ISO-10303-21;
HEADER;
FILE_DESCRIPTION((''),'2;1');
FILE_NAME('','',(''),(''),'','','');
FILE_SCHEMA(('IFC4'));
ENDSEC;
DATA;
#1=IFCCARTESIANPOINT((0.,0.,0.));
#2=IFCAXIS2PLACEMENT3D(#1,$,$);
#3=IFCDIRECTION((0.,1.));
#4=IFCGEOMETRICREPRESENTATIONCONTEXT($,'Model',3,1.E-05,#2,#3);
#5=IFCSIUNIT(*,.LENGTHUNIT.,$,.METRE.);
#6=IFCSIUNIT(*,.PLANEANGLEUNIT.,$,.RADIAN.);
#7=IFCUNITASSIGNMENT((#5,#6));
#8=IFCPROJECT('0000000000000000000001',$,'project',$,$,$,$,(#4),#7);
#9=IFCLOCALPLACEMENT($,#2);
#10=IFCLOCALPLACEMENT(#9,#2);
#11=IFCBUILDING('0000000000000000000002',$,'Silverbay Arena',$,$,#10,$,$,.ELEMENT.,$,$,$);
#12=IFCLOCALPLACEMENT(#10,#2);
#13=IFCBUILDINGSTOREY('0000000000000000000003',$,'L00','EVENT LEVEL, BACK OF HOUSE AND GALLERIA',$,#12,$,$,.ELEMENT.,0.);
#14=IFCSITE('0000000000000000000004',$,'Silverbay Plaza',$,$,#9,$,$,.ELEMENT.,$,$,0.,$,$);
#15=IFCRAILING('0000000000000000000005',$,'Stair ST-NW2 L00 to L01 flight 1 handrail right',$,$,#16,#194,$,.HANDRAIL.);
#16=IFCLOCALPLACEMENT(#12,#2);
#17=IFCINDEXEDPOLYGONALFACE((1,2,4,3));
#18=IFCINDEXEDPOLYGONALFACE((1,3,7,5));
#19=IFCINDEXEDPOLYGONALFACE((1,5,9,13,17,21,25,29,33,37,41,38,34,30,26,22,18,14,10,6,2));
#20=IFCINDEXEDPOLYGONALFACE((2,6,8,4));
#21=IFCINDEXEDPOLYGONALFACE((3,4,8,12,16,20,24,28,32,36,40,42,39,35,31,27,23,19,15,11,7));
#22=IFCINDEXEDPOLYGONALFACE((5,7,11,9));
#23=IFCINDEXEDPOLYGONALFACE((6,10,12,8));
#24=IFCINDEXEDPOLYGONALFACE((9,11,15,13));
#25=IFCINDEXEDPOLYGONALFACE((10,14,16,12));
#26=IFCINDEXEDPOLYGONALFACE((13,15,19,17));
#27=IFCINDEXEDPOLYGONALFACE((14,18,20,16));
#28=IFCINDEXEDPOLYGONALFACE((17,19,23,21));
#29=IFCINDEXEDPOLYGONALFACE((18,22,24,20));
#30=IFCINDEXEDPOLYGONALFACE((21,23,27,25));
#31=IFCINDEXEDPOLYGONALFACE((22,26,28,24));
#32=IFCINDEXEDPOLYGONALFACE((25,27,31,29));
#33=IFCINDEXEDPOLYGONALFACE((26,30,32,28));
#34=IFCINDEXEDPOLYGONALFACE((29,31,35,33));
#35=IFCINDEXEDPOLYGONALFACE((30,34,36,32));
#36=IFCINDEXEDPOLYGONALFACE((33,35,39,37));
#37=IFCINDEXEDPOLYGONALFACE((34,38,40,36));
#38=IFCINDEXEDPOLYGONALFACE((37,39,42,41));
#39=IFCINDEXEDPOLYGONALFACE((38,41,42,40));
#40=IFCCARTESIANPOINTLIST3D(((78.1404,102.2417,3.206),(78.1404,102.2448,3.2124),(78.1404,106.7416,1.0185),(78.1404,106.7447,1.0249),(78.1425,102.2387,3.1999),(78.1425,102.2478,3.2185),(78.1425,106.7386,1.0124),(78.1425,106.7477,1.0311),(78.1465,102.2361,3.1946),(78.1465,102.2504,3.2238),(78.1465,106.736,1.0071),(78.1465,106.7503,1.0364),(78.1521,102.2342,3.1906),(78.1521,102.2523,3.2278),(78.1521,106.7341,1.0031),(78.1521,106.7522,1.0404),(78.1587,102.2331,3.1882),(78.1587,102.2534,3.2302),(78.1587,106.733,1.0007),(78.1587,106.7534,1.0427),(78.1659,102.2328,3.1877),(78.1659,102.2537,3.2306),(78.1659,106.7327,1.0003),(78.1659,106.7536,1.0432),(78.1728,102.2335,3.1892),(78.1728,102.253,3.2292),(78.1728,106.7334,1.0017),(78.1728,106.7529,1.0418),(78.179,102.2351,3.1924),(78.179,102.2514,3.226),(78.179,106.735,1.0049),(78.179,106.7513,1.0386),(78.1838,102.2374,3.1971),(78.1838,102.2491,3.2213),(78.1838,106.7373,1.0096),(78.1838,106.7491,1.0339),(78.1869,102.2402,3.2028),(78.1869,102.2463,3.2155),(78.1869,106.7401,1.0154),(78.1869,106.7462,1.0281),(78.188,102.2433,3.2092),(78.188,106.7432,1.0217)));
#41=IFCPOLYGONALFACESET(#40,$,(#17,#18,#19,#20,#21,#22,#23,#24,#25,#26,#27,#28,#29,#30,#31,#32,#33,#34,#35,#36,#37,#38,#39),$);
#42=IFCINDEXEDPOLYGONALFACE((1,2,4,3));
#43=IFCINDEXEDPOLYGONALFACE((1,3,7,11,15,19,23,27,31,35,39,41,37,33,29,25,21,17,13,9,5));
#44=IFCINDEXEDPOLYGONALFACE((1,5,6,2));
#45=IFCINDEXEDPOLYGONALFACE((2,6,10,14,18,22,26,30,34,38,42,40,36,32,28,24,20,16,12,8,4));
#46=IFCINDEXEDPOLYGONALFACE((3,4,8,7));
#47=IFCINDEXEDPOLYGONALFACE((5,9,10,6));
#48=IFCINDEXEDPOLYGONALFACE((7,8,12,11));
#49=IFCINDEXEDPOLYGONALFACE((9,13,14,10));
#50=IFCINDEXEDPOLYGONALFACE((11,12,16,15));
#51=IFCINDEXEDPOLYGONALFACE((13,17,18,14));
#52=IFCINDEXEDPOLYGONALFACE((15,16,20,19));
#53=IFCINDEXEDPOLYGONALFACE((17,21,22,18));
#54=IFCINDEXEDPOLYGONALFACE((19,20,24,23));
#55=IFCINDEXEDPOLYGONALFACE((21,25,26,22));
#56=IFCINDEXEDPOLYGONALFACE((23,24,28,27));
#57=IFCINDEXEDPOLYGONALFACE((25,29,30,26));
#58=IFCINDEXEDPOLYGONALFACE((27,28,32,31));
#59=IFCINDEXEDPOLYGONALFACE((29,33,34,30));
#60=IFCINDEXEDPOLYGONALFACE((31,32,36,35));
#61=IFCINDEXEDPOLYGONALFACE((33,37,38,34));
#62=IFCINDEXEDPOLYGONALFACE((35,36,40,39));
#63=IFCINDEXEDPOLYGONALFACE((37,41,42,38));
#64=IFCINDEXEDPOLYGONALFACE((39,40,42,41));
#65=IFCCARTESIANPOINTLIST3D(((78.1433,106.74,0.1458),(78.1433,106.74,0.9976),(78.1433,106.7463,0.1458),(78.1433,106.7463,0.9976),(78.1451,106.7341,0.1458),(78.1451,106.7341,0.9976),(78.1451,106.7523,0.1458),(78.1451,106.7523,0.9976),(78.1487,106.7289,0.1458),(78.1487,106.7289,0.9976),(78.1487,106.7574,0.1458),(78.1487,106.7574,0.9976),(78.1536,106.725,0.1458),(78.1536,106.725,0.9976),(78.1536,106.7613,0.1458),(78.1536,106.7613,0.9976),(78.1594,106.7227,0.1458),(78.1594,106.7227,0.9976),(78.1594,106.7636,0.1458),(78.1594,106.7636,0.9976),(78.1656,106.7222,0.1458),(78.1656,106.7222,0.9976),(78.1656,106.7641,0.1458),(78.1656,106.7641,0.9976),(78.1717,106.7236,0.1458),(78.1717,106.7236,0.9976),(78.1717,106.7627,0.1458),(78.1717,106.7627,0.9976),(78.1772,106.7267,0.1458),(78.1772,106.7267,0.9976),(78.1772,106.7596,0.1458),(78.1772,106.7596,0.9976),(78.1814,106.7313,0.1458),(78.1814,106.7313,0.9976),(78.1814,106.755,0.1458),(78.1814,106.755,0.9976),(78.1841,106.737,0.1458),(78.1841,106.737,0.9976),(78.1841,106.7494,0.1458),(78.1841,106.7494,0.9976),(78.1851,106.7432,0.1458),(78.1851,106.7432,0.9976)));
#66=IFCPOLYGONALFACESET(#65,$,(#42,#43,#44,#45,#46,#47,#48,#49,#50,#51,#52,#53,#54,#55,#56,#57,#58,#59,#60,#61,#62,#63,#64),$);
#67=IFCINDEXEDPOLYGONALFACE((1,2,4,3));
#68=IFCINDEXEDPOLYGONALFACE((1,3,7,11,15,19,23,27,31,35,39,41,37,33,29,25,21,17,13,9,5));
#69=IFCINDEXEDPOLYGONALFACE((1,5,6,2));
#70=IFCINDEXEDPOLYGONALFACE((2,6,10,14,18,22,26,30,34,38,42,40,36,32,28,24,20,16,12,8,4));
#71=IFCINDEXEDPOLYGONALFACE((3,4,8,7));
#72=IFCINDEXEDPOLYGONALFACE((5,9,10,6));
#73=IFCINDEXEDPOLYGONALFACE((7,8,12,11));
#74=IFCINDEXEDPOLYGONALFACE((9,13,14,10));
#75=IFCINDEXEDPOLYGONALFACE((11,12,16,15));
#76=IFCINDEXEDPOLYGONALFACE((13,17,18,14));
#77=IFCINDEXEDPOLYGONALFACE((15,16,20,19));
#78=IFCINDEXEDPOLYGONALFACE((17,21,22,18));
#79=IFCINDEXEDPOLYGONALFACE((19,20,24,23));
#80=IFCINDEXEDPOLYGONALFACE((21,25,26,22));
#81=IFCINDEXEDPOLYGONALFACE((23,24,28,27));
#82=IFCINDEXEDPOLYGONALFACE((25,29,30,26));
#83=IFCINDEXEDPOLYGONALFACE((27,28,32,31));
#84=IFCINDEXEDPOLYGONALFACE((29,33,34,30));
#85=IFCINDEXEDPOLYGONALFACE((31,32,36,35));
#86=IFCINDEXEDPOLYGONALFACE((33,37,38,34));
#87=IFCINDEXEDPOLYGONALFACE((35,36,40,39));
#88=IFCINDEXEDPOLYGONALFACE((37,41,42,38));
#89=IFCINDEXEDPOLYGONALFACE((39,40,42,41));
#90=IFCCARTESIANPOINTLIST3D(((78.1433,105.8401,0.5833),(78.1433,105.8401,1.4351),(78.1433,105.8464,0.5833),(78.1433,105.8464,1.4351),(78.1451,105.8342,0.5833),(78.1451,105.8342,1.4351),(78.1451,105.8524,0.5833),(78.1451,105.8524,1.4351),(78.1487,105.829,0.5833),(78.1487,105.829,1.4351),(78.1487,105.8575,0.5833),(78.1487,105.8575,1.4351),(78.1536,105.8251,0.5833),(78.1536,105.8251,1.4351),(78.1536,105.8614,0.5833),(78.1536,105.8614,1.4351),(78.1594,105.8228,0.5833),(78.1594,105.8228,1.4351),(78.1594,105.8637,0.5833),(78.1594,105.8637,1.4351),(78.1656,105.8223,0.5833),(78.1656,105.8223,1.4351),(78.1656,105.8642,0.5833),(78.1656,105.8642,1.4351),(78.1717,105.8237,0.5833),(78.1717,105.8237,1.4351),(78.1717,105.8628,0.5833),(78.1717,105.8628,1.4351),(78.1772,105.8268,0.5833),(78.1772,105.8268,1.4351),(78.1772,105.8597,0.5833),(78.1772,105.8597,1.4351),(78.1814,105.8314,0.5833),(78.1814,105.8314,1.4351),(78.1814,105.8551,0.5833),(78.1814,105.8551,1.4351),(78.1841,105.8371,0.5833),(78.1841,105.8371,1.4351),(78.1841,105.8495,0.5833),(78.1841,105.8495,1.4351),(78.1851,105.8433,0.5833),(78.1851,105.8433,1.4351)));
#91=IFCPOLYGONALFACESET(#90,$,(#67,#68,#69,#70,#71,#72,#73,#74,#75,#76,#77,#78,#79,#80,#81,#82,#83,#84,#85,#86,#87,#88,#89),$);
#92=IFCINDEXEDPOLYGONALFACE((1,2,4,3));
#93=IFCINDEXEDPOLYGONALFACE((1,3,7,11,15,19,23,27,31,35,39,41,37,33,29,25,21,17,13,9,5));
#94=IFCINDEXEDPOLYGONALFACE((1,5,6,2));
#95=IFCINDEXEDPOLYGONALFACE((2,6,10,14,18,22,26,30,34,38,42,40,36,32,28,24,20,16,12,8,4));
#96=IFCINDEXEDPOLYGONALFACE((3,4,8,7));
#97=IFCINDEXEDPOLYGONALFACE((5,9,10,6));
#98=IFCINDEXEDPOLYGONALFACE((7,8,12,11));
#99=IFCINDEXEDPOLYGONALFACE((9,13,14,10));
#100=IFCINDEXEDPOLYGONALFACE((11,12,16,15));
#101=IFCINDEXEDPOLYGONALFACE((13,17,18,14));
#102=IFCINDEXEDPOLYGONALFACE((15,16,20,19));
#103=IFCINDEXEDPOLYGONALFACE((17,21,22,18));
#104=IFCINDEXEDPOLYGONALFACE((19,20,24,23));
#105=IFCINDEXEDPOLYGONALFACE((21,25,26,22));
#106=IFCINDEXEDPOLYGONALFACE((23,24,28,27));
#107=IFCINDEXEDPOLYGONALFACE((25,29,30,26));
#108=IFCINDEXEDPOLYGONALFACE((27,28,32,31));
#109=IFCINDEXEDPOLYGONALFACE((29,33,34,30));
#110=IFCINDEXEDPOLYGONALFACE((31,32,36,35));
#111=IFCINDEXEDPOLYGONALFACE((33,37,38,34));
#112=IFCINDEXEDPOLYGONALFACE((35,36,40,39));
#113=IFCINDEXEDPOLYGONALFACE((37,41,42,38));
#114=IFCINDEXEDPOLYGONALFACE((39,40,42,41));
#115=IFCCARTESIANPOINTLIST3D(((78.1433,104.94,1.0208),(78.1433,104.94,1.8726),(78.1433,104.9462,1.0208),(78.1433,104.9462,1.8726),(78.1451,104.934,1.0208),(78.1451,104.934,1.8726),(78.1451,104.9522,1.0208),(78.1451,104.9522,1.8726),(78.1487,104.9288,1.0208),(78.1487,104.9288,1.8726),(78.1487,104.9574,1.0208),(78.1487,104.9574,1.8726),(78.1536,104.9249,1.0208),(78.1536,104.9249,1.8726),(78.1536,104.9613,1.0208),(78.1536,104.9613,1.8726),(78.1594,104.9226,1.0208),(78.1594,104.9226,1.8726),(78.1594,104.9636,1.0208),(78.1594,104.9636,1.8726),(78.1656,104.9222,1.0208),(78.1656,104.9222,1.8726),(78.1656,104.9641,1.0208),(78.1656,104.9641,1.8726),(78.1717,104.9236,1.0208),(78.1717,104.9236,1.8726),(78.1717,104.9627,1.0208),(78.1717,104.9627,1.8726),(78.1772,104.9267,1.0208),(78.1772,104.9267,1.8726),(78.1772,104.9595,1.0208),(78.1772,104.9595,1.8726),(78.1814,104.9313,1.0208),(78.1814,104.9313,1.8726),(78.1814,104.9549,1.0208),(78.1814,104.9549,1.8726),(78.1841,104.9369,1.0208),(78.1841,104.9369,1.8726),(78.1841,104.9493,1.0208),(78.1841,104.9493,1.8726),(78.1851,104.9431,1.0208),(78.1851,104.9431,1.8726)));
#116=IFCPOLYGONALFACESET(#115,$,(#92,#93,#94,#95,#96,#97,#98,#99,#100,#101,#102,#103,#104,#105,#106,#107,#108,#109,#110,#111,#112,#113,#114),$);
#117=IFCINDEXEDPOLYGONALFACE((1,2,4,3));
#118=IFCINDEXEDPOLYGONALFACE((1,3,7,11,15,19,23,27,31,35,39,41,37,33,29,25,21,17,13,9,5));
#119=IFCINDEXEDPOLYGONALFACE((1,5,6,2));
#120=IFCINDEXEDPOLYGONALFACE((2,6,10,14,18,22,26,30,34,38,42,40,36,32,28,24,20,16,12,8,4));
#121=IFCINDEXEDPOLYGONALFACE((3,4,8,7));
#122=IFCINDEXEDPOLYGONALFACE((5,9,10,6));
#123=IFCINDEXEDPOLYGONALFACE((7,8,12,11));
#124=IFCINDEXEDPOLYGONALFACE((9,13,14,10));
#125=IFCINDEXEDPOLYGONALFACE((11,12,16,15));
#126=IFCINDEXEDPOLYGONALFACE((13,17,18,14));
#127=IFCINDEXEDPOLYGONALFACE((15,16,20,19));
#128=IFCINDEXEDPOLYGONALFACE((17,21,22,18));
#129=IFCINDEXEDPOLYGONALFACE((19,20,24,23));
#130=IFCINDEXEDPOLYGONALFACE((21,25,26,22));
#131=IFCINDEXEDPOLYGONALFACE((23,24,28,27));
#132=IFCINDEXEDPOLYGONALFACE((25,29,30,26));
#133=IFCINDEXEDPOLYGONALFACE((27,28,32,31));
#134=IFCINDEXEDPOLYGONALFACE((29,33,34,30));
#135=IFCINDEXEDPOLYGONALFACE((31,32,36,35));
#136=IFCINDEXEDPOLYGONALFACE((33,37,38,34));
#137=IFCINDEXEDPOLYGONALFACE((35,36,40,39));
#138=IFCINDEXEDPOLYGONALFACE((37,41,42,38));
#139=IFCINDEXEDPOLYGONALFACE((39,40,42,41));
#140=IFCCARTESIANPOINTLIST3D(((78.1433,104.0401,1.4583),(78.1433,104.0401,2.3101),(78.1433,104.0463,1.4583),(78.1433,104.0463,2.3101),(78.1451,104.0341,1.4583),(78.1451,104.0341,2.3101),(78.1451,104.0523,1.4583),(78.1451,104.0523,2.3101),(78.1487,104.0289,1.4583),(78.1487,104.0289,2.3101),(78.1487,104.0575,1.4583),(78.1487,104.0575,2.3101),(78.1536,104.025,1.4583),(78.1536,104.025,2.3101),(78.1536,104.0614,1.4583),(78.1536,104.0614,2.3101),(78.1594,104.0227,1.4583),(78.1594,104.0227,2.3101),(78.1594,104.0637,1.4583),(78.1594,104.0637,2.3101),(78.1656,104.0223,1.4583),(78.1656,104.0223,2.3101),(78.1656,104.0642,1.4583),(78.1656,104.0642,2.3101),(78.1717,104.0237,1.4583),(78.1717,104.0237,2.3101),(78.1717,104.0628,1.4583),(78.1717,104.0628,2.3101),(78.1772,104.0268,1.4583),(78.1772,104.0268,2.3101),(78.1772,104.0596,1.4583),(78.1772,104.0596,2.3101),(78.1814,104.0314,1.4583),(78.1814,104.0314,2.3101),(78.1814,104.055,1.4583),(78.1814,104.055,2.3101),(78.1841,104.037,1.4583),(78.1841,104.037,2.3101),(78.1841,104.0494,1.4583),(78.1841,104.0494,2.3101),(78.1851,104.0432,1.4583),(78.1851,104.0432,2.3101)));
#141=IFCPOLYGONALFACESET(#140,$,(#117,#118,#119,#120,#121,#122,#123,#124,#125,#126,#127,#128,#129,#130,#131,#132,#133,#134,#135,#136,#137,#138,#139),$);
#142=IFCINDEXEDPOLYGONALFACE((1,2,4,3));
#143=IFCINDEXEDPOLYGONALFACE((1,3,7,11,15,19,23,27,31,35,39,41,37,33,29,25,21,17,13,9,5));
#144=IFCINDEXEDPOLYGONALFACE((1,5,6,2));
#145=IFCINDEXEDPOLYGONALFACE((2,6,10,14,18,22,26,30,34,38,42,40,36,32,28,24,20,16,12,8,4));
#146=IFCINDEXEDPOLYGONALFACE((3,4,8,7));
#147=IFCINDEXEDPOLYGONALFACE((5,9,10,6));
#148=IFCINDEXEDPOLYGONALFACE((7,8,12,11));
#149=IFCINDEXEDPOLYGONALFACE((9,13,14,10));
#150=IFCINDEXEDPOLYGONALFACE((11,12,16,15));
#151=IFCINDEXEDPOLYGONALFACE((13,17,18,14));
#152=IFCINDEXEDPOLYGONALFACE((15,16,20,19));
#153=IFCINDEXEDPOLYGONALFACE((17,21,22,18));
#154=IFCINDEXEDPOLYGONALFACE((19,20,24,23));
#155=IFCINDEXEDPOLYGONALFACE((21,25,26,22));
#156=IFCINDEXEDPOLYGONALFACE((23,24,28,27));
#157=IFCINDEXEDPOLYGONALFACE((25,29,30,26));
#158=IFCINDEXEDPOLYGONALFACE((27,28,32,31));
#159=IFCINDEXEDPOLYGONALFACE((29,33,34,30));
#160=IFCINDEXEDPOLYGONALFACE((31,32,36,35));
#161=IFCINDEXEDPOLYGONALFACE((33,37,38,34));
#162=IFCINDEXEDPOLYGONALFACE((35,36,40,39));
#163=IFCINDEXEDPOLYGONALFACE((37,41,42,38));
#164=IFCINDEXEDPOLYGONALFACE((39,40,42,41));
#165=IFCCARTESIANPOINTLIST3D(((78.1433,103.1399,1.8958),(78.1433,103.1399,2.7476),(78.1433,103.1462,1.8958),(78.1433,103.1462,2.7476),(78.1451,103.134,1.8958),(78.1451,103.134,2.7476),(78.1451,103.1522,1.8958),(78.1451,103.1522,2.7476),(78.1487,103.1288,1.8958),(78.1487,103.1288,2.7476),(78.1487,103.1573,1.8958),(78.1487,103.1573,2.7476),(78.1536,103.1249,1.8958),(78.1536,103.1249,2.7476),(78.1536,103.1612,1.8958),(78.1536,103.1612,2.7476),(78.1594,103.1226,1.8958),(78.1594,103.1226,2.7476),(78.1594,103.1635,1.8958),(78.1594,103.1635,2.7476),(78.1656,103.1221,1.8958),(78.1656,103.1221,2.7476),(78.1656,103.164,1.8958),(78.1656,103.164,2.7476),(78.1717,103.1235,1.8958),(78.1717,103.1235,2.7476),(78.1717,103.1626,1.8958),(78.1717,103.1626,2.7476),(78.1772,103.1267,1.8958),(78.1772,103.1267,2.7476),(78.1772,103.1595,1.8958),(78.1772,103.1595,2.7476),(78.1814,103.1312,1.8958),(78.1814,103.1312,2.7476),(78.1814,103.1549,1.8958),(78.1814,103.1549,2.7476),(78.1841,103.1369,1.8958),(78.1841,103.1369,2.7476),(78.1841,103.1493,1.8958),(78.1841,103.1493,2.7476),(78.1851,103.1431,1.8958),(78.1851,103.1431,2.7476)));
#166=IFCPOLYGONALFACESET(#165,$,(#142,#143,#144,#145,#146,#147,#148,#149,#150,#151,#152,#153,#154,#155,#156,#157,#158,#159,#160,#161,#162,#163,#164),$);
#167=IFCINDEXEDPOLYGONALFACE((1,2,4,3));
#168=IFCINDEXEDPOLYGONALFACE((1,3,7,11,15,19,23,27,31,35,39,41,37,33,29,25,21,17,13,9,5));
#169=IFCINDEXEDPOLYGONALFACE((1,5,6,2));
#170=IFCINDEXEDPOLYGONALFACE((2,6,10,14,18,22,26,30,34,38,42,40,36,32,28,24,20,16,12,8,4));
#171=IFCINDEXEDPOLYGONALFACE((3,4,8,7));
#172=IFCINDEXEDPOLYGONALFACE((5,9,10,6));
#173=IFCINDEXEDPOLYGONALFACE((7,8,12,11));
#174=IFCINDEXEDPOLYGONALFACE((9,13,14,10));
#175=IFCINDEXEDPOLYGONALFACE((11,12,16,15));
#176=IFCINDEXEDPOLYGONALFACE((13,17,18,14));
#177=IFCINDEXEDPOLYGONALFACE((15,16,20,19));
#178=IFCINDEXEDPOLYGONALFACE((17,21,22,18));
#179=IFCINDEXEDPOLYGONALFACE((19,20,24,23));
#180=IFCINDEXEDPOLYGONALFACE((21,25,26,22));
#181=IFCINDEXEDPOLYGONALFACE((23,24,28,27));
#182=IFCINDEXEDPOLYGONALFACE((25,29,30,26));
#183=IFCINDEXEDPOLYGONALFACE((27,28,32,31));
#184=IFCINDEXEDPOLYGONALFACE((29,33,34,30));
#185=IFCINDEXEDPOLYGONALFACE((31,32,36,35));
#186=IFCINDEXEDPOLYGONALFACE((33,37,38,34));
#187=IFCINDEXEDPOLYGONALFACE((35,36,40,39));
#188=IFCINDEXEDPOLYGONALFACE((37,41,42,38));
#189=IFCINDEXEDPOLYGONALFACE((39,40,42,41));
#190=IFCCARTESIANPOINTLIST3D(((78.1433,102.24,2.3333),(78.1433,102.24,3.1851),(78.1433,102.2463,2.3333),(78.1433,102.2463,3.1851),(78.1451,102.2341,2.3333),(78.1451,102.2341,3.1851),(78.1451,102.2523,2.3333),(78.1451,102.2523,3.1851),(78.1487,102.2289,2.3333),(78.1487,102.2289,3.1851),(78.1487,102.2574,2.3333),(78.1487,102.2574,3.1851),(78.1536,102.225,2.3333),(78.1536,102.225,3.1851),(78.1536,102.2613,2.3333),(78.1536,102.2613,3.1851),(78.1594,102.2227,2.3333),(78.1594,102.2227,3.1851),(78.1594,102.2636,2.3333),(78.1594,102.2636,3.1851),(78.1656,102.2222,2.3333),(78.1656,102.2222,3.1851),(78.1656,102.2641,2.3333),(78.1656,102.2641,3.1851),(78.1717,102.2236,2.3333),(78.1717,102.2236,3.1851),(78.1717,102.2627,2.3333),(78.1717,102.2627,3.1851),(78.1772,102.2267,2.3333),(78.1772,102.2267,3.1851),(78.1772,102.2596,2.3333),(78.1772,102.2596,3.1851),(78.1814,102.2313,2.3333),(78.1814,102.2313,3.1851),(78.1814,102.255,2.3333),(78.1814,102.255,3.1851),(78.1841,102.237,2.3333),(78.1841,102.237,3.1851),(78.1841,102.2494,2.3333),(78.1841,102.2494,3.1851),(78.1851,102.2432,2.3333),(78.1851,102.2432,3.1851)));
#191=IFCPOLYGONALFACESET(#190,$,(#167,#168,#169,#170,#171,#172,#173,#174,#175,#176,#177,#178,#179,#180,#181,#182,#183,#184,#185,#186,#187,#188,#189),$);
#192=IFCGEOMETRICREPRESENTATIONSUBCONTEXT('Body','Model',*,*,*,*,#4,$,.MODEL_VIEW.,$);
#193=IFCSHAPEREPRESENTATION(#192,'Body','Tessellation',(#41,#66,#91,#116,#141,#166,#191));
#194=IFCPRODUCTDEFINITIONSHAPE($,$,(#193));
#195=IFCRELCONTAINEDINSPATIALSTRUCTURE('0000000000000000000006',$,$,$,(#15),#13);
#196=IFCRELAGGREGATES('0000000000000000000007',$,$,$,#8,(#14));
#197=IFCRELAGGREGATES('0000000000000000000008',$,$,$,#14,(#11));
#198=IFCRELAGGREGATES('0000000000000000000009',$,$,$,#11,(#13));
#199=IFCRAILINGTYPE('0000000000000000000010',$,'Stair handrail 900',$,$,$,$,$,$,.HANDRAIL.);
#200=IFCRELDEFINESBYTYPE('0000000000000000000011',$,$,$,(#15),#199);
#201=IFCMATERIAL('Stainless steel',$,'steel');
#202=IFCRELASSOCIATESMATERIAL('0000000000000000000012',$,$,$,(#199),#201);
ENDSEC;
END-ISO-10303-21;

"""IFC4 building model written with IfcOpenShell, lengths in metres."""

from ifc_helpers import new_model, si_unit, direction, frame, origin, origin_2d, place, context, subcontext, project, spatial, circle, extrude, material, type_object, element, save


model = new_model("IFC4")

# Units and contexts
model_context = context("Model", 3, precision=1e-05, world=origin(), true_north=direction((0.0, 1.0)))
body_context = subcontext(model_context, "Body", "Model", "MODEL_VIEW")
ifc_project = project(units=[si_unit("LENGTHUNIT", "METRE"), si_unit("PLANEANGLEUNIT", "RADIAN")], contexts=[model_context])

# Site, building, storey
site_placement = place(None, origin())
site = spatial("IfcSite", under=ifc_project, at=site_placement, Name="Silverbay Plaza", CompositionType="ELEMENT", RefElevation=0.0)
building_placement = place(site_placement, origin())
building = spatial("IfcBuilding", under=site, at=building_placement, Name="Silverbay Arena", CompositionType="ELEMENT")
storey_placement = place(building_placement, origin())
storey = spatial("IfcBuildingStorey", under=building, at=storey_placement, Name="L00", Description="EVENT LEVEL, BACK OF HOUSE AND GALLERIA", CompositionType="ELEMENT", Elevation=0.0)

# Railing
ifc_material_1 = material(Name="Stainless steel", Category="steel")
railing_type_1 = type_object("IfcRailingType", Name="Stair handrail 900", PredefinedType="HANDRAIL", material=ifc_material_1)
for number, where, name in (
    (1, (78.1641, 106.7432, 0.1458), "Stair ST-NW2 L00 to L01 flight 1 handrail right"),
):
    element("IfcRailing", number, at=place(storey_placement, frame(where)), inside=storey, type_object=railing_type_1, Name=name, PredefinedType="HANDRAIL", context=body_context, shape_type="SweptSolid", body=[
        extrude(circle(Radius=0.0239, at=origin_2d()), frame((0.0, 0.0, 0.876), z_axis=(0.0, -0.899368, 0.437193), x_axis=(1.0, 0.0, 0.0)), (0.0, 0.0, 1.0), 5.0034),
        extrude(circle(Radius=0.021, at=origin_2d()), origin(), (0.0, 0.0, 1.0), 0.8518),
        extrude(circle(Radius=0.021, at=origin_2d()), frame((0.0, -0.8999, 0.4375)), (0.0, 0.0, 1.0), 0.8518),
        extrude(circle(Radius=0.021, at=origin_2d()), frame((0.0, -1.8, 0.875)), (0.0, 0.0, 1.0), 0.8518),
        extrude(circle(Radius=0.021, at=origin_2d()), frame((0.0, -2.7, 1.3125)), (0.0, 0.0, 1.0), 0.8518),
        extrude(circle(Radius=0.021, at=origin_2d()), frame((0.0, -3.6001, 1.75)), (0.0, 0.0, 1.0), 0.8518),
        extrude(circle(Radius=0.021, at=origin_2d()), frame((0.0, -4.5, 2.1875)), (0.0, 0.0, 1.0), 0.8518),
    ])

save(model, "model.ifc")
